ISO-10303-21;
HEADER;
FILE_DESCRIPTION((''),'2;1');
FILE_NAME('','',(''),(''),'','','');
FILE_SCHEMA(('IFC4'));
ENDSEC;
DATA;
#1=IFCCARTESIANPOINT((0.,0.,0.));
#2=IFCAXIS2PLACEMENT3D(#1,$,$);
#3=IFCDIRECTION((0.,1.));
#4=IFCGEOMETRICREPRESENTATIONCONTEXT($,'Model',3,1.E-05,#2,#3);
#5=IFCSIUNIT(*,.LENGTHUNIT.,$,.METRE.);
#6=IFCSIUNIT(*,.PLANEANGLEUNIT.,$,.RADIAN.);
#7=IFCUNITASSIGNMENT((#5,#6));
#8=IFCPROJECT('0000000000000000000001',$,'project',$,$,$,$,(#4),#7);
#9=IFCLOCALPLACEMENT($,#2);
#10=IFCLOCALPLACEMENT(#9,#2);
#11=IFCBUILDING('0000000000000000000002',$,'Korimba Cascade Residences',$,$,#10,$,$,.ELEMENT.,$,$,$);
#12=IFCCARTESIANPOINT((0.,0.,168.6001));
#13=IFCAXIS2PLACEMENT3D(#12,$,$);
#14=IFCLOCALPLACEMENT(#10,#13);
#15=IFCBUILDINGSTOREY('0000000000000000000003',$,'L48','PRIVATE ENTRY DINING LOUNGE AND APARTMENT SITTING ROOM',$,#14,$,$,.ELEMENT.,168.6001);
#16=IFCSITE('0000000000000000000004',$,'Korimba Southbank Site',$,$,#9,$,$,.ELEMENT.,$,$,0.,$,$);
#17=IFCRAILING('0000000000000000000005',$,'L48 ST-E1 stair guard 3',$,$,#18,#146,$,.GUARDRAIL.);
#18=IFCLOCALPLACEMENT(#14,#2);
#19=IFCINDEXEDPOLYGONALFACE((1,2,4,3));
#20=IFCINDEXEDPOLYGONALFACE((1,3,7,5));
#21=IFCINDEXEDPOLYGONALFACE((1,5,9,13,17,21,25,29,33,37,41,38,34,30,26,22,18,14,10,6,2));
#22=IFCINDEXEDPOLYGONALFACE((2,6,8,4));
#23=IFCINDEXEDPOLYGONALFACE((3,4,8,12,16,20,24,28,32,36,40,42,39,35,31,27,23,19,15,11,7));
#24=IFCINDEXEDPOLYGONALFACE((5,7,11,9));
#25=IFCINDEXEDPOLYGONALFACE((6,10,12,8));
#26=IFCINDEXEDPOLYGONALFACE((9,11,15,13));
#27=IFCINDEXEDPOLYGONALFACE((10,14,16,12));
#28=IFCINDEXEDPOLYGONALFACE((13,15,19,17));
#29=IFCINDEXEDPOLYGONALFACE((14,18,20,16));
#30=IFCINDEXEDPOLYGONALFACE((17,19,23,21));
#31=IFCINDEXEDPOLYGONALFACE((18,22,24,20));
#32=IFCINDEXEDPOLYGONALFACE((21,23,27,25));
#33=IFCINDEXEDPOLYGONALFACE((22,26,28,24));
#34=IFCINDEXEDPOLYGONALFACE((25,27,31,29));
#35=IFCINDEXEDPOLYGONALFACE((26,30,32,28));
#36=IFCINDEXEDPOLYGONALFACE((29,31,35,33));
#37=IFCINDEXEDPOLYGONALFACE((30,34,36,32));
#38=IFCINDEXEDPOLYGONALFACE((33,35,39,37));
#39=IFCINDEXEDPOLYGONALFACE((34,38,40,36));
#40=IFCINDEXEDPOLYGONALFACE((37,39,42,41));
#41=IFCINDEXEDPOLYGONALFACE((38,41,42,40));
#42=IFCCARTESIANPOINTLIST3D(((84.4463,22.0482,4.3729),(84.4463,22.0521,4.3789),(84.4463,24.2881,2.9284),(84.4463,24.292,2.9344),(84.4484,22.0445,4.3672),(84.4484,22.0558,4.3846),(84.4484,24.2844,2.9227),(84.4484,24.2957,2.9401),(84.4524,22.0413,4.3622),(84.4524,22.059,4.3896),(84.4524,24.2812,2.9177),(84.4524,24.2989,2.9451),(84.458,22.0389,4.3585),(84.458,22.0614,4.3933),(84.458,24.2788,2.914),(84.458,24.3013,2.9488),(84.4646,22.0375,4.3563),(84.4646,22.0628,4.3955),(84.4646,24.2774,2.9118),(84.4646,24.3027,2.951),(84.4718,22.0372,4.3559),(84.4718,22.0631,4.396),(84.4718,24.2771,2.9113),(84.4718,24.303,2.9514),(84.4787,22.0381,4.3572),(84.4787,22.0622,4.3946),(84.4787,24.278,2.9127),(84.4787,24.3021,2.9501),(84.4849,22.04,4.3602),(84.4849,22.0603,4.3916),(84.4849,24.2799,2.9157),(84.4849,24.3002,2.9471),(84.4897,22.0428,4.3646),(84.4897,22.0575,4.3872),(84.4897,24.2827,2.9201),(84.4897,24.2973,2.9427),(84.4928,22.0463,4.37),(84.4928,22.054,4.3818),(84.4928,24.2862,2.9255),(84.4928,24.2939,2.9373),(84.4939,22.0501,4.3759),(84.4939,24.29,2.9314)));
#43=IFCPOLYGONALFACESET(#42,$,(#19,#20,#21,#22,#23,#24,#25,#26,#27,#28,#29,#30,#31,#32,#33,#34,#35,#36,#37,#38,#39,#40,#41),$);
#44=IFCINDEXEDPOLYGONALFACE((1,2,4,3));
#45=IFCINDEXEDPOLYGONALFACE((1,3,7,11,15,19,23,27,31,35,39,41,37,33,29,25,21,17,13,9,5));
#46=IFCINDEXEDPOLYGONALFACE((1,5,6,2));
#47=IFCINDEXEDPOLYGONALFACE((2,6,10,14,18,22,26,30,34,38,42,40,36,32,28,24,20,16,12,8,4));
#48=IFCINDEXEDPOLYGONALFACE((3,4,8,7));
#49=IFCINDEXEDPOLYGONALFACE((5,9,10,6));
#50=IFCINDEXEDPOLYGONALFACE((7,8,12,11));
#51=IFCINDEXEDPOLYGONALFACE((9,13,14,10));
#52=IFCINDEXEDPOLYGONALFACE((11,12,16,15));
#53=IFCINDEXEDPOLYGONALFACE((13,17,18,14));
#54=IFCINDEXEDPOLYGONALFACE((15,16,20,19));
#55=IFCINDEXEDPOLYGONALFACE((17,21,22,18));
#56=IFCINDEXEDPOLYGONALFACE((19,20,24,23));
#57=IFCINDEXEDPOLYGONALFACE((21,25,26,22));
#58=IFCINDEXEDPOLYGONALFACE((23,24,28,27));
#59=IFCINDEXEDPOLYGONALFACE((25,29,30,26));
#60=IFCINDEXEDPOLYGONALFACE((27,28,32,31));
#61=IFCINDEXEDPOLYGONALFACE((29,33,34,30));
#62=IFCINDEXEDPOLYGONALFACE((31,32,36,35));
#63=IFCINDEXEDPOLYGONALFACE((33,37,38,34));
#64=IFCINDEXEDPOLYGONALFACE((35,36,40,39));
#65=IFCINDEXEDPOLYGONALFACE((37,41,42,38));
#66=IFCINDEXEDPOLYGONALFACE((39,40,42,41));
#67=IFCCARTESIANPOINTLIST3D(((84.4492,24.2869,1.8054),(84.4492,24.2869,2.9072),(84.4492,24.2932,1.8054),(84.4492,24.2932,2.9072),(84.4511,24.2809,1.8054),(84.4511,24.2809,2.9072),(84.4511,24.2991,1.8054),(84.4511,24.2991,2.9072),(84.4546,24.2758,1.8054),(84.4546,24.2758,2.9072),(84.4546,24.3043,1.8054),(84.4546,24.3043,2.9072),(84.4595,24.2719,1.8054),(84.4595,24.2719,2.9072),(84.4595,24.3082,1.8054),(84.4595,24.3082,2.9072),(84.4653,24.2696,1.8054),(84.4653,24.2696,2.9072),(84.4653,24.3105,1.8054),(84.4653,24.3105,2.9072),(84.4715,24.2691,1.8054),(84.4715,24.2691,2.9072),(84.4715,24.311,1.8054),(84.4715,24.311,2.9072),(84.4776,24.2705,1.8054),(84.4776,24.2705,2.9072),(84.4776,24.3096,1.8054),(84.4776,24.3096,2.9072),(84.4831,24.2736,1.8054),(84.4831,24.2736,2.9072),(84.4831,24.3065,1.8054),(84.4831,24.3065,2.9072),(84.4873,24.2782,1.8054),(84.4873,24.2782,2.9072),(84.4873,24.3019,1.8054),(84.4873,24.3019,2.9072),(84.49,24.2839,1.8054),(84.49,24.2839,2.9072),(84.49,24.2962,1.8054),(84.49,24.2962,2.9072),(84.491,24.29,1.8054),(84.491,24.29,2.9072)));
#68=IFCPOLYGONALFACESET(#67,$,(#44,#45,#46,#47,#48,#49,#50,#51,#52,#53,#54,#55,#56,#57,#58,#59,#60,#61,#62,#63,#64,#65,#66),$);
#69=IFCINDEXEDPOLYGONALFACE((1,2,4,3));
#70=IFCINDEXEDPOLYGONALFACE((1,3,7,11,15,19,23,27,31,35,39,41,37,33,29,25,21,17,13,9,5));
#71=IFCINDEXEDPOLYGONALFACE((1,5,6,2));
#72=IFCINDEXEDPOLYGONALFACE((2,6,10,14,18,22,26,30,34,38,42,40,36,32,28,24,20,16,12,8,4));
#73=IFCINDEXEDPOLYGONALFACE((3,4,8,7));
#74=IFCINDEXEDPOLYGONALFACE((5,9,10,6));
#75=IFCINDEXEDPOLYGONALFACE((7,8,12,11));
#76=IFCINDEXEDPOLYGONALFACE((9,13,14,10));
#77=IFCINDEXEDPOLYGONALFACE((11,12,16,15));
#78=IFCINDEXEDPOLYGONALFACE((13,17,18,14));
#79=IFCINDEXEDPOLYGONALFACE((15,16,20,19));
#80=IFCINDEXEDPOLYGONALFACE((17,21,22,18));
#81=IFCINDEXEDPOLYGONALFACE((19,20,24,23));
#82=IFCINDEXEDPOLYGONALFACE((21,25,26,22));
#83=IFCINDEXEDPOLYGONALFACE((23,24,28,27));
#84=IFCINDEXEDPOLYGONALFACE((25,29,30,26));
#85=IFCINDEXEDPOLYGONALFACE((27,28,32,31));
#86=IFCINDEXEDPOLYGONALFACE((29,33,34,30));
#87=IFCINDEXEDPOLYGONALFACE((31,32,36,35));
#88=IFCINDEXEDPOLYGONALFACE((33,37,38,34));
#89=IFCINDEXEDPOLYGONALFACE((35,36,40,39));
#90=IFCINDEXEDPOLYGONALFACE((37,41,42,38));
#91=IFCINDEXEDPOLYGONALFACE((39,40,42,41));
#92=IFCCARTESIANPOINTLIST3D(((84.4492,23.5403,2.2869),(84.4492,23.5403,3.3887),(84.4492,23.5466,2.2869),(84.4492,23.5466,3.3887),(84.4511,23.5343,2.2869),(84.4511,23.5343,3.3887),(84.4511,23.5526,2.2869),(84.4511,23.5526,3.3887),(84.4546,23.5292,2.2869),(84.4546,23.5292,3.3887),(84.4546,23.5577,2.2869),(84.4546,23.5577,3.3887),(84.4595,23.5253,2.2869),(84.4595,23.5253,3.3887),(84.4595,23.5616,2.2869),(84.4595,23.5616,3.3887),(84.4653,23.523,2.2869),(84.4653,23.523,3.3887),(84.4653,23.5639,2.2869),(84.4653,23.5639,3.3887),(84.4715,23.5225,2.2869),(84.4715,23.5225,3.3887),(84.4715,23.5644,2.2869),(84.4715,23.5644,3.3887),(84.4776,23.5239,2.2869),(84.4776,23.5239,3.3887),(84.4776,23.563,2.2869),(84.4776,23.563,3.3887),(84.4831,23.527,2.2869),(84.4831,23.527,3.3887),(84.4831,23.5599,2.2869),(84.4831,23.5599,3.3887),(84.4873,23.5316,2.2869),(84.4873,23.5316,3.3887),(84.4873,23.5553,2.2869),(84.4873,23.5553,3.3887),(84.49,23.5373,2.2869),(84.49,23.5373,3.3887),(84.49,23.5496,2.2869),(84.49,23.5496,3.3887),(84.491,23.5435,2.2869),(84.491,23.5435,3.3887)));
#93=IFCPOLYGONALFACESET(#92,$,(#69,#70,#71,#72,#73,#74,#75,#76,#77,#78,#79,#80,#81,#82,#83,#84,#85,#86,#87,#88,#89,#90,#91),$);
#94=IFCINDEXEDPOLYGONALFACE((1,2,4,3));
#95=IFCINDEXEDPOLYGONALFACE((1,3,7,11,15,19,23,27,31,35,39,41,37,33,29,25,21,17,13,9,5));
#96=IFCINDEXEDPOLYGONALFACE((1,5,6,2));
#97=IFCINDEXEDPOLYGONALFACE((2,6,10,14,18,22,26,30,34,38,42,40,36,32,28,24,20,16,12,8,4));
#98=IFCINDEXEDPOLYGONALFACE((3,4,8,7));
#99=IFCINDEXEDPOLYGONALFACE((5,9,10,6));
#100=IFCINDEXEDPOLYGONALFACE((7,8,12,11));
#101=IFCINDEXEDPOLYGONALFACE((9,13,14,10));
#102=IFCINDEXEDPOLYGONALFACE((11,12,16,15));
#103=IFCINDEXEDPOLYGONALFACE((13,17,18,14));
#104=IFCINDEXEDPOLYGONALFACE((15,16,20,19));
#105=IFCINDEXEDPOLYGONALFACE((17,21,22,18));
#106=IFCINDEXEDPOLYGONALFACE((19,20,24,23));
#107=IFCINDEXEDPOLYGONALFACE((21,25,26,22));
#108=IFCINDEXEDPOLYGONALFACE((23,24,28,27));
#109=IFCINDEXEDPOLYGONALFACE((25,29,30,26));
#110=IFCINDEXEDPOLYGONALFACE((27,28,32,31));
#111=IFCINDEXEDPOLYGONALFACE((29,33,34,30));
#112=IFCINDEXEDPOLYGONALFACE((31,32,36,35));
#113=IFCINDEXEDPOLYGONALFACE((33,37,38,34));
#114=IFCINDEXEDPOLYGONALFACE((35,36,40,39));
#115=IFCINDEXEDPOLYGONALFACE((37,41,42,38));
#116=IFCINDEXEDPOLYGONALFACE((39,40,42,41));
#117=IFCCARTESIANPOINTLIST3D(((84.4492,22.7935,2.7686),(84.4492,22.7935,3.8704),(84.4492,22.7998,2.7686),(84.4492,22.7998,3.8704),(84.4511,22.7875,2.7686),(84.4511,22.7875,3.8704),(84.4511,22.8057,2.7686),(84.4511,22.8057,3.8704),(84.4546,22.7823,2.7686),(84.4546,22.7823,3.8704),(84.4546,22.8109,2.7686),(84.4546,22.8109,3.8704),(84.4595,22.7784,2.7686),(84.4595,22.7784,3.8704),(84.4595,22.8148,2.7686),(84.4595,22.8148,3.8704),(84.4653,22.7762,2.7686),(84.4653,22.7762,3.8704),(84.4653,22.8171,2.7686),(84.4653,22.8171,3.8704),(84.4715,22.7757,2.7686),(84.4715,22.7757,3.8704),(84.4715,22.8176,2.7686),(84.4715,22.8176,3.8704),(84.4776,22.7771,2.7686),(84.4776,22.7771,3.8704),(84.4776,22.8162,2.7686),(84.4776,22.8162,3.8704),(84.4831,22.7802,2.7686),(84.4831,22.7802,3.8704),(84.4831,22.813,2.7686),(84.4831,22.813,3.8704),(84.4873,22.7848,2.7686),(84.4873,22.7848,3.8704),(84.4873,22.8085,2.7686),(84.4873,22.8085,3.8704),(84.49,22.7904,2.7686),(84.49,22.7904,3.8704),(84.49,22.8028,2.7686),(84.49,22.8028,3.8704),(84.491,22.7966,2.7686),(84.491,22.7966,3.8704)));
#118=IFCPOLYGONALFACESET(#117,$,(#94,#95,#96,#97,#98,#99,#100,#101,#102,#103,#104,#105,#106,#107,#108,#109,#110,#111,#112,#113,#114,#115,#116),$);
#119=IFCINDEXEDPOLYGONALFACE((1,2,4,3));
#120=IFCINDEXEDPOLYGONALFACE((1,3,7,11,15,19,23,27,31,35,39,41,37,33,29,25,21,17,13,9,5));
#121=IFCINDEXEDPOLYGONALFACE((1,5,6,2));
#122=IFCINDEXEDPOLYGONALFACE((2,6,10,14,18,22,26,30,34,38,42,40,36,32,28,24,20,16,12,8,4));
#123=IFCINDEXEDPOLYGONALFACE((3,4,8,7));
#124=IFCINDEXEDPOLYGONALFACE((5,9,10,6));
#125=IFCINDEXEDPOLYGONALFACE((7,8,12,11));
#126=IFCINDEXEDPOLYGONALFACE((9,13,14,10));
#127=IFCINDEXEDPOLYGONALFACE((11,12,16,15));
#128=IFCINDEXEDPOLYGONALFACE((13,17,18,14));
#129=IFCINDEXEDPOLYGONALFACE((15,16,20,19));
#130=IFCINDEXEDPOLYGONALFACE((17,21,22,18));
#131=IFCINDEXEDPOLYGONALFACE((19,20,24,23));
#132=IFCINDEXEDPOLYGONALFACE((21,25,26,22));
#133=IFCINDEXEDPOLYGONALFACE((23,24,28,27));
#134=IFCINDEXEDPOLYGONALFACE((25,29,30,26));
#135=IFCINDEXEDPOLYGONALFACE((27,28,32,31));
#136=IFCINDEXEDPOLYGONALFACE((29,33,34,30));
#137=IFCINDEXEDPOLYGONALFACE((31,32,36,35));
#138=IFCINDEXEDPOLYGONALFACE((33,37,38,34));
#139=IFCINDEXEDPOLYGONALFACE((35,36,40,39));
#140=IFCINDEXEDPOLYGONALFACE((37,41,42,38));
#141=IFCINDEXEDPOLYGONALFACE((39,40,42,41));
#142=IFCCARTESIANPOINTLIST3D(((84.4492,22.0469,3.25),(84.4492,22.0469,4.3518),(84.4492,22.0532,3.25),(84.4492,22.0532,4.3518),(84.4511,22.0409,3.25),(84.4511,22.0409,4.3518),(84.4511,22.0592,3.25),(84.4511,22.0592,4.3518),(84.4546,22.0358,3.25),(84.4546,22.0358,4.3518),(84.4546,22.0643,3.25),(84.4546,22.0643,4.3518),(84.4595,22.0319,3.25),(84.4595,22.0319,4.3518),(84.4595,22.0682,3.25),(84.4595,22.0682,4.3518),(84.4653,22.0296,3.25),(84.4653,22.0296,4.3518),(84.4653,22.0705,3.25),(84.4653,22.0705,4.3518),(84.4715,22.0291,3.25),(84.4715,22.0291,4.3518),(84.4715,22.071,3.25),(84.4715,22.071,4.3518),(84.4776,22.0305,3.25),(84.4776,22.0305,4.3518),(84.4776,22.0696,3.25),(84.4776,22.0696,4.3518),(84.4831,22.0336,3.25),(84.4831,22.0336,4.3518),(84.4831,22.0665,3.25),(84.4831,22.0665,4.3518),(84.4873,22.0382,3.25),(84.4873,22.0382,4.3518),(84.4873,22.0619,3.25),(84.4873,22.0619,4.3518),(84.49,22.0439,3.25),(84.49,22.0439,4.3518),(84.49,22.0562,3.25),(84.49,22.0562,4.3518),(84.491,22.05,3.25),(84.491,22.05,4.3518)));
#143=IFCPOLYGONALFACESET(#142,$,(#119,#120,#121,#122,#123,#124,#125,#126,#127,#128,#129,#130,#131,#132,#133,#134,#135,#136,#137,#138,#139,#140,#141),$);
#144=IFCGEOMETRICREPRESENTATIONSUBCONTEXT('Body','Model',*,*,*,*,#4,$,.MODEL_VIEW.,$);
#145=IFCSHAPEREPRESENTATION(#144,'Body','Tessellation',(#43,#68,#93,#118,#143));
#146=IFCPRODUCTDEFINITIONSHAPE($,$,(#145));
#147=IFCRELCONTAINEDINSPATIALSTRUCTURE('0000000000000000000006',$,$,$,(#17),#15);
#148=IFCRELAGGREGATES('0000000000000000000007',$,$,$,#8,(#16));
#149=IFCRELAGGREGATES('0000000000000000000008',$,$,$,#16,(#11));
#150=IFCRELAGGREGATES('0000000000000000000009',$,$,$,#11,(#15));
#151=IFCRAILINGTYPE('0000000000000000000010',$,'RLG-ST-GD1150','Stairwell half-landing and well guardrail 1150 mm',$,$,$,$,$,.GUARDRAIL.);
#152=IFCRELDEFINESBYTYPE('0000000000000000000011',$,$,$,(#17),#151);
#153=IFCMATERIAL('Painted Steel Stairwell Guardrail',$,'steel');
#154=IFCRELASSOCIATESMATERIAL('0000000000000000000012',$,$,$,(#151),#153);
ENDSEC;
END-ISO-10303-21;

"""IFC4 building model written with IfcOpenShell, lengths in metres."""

from ifc_helpers import new_model, si_unit, direction, frame, origin, origin_2d, place, context, subcontext, project, spatial, circle, extrude, material, type_object, element, save


model = new_model("IFC4")

# Units and contexts
model_context = context("Model", 3, precision=1e-05, world=origin(), true_north=direction((0.0, 1.0)))
body_context = subcontext(model_context, "Body", "Model", "MODEL_VIEW")
ifc_project = project(units=[si_unit("LENGTHUNIT", "METRE"), si_unit("PLANEANGLEUNIT", "RADIAN")], contexts=[model_context])

# Site, building, storey
site_placement = place(None, origin())
site = spatial("IfcSite", under=ifc_project, at=site_placement, Name="Korimba Southbank Site", CompositionType="ELEMENT", RefElevation=0.0)
building_placement = place(site_placement, origin())
building = spatial("IfcBuilding", under=site, at=building_placement, Name="Korimba Cascade Residences", CompositionType="ELEMENT")
storey_placement = place(building_placement, frame((0.0, 0.0, 168.6001)))
storey = spatial("IfcBuildingStorey", under=building, at=storey_placement, Name="L48", Description="PRIVATE ENTRY DINING LOUNGE AND APARTMENT SITTING ROOM", CompositionType="ELEMENT", Elevation=168.6001)

# Railing
ifc_material_1 = material(Name="Painted Steel Stairwell Guardrail", Category="steel")
railing_type_1 = type_object("IfcRailingType", Name="RLG-ST-GD1150", Description="Stairwell half-landing and well guardrail 1150 mm", PredefinedType="GUARDRAIL", material=ifc_material_1)
railing_1_placement = place(storey_placement, frame((84.47, 24.29, 1.8054)))
element("IfcRailing", 1, at=railing_1_placement, inside=storey, type_object=railing_type_1, Name="L48 ST-E1 stair guard 3", PredefinedType="GUARDRAIL", context=body_context, shape_type="SweptSolid", body=[
    extrude(circle(Radius=0.0239, at=origin_2d()), frame((0.0, 0.0, 1.126), z_axis=(0.0, -0.840395, 0.541975), x_axis=(1.0, 0.0, 0.0)), (0.0, 0.0, 1.0), 2.6653),
    extrude(circle(Radius=0.021, at=origin_2d()), origin(), (0.0, 0.0, 1.0), 1.1018),
    extrude(circle(Radius=0.021, at=origin_2d()), frame((0.0, -0.7466, 0.4814)), (0.0, 0.0, 1.0), 1.1018),
    extrude(circle(Radius=0.021, at=origin_2d()), frame((0.0, -1.4934, 0.9631)), (0.0, 0.0, 1.0), 1.1018),
    extrude(circle(Radius=0.021, at=origin_2d()), frame((0.0, -2.24, 1.4446)), (0.0, 0.0, 1.0), 1.1018),
])

save(model, "model.ifc")
